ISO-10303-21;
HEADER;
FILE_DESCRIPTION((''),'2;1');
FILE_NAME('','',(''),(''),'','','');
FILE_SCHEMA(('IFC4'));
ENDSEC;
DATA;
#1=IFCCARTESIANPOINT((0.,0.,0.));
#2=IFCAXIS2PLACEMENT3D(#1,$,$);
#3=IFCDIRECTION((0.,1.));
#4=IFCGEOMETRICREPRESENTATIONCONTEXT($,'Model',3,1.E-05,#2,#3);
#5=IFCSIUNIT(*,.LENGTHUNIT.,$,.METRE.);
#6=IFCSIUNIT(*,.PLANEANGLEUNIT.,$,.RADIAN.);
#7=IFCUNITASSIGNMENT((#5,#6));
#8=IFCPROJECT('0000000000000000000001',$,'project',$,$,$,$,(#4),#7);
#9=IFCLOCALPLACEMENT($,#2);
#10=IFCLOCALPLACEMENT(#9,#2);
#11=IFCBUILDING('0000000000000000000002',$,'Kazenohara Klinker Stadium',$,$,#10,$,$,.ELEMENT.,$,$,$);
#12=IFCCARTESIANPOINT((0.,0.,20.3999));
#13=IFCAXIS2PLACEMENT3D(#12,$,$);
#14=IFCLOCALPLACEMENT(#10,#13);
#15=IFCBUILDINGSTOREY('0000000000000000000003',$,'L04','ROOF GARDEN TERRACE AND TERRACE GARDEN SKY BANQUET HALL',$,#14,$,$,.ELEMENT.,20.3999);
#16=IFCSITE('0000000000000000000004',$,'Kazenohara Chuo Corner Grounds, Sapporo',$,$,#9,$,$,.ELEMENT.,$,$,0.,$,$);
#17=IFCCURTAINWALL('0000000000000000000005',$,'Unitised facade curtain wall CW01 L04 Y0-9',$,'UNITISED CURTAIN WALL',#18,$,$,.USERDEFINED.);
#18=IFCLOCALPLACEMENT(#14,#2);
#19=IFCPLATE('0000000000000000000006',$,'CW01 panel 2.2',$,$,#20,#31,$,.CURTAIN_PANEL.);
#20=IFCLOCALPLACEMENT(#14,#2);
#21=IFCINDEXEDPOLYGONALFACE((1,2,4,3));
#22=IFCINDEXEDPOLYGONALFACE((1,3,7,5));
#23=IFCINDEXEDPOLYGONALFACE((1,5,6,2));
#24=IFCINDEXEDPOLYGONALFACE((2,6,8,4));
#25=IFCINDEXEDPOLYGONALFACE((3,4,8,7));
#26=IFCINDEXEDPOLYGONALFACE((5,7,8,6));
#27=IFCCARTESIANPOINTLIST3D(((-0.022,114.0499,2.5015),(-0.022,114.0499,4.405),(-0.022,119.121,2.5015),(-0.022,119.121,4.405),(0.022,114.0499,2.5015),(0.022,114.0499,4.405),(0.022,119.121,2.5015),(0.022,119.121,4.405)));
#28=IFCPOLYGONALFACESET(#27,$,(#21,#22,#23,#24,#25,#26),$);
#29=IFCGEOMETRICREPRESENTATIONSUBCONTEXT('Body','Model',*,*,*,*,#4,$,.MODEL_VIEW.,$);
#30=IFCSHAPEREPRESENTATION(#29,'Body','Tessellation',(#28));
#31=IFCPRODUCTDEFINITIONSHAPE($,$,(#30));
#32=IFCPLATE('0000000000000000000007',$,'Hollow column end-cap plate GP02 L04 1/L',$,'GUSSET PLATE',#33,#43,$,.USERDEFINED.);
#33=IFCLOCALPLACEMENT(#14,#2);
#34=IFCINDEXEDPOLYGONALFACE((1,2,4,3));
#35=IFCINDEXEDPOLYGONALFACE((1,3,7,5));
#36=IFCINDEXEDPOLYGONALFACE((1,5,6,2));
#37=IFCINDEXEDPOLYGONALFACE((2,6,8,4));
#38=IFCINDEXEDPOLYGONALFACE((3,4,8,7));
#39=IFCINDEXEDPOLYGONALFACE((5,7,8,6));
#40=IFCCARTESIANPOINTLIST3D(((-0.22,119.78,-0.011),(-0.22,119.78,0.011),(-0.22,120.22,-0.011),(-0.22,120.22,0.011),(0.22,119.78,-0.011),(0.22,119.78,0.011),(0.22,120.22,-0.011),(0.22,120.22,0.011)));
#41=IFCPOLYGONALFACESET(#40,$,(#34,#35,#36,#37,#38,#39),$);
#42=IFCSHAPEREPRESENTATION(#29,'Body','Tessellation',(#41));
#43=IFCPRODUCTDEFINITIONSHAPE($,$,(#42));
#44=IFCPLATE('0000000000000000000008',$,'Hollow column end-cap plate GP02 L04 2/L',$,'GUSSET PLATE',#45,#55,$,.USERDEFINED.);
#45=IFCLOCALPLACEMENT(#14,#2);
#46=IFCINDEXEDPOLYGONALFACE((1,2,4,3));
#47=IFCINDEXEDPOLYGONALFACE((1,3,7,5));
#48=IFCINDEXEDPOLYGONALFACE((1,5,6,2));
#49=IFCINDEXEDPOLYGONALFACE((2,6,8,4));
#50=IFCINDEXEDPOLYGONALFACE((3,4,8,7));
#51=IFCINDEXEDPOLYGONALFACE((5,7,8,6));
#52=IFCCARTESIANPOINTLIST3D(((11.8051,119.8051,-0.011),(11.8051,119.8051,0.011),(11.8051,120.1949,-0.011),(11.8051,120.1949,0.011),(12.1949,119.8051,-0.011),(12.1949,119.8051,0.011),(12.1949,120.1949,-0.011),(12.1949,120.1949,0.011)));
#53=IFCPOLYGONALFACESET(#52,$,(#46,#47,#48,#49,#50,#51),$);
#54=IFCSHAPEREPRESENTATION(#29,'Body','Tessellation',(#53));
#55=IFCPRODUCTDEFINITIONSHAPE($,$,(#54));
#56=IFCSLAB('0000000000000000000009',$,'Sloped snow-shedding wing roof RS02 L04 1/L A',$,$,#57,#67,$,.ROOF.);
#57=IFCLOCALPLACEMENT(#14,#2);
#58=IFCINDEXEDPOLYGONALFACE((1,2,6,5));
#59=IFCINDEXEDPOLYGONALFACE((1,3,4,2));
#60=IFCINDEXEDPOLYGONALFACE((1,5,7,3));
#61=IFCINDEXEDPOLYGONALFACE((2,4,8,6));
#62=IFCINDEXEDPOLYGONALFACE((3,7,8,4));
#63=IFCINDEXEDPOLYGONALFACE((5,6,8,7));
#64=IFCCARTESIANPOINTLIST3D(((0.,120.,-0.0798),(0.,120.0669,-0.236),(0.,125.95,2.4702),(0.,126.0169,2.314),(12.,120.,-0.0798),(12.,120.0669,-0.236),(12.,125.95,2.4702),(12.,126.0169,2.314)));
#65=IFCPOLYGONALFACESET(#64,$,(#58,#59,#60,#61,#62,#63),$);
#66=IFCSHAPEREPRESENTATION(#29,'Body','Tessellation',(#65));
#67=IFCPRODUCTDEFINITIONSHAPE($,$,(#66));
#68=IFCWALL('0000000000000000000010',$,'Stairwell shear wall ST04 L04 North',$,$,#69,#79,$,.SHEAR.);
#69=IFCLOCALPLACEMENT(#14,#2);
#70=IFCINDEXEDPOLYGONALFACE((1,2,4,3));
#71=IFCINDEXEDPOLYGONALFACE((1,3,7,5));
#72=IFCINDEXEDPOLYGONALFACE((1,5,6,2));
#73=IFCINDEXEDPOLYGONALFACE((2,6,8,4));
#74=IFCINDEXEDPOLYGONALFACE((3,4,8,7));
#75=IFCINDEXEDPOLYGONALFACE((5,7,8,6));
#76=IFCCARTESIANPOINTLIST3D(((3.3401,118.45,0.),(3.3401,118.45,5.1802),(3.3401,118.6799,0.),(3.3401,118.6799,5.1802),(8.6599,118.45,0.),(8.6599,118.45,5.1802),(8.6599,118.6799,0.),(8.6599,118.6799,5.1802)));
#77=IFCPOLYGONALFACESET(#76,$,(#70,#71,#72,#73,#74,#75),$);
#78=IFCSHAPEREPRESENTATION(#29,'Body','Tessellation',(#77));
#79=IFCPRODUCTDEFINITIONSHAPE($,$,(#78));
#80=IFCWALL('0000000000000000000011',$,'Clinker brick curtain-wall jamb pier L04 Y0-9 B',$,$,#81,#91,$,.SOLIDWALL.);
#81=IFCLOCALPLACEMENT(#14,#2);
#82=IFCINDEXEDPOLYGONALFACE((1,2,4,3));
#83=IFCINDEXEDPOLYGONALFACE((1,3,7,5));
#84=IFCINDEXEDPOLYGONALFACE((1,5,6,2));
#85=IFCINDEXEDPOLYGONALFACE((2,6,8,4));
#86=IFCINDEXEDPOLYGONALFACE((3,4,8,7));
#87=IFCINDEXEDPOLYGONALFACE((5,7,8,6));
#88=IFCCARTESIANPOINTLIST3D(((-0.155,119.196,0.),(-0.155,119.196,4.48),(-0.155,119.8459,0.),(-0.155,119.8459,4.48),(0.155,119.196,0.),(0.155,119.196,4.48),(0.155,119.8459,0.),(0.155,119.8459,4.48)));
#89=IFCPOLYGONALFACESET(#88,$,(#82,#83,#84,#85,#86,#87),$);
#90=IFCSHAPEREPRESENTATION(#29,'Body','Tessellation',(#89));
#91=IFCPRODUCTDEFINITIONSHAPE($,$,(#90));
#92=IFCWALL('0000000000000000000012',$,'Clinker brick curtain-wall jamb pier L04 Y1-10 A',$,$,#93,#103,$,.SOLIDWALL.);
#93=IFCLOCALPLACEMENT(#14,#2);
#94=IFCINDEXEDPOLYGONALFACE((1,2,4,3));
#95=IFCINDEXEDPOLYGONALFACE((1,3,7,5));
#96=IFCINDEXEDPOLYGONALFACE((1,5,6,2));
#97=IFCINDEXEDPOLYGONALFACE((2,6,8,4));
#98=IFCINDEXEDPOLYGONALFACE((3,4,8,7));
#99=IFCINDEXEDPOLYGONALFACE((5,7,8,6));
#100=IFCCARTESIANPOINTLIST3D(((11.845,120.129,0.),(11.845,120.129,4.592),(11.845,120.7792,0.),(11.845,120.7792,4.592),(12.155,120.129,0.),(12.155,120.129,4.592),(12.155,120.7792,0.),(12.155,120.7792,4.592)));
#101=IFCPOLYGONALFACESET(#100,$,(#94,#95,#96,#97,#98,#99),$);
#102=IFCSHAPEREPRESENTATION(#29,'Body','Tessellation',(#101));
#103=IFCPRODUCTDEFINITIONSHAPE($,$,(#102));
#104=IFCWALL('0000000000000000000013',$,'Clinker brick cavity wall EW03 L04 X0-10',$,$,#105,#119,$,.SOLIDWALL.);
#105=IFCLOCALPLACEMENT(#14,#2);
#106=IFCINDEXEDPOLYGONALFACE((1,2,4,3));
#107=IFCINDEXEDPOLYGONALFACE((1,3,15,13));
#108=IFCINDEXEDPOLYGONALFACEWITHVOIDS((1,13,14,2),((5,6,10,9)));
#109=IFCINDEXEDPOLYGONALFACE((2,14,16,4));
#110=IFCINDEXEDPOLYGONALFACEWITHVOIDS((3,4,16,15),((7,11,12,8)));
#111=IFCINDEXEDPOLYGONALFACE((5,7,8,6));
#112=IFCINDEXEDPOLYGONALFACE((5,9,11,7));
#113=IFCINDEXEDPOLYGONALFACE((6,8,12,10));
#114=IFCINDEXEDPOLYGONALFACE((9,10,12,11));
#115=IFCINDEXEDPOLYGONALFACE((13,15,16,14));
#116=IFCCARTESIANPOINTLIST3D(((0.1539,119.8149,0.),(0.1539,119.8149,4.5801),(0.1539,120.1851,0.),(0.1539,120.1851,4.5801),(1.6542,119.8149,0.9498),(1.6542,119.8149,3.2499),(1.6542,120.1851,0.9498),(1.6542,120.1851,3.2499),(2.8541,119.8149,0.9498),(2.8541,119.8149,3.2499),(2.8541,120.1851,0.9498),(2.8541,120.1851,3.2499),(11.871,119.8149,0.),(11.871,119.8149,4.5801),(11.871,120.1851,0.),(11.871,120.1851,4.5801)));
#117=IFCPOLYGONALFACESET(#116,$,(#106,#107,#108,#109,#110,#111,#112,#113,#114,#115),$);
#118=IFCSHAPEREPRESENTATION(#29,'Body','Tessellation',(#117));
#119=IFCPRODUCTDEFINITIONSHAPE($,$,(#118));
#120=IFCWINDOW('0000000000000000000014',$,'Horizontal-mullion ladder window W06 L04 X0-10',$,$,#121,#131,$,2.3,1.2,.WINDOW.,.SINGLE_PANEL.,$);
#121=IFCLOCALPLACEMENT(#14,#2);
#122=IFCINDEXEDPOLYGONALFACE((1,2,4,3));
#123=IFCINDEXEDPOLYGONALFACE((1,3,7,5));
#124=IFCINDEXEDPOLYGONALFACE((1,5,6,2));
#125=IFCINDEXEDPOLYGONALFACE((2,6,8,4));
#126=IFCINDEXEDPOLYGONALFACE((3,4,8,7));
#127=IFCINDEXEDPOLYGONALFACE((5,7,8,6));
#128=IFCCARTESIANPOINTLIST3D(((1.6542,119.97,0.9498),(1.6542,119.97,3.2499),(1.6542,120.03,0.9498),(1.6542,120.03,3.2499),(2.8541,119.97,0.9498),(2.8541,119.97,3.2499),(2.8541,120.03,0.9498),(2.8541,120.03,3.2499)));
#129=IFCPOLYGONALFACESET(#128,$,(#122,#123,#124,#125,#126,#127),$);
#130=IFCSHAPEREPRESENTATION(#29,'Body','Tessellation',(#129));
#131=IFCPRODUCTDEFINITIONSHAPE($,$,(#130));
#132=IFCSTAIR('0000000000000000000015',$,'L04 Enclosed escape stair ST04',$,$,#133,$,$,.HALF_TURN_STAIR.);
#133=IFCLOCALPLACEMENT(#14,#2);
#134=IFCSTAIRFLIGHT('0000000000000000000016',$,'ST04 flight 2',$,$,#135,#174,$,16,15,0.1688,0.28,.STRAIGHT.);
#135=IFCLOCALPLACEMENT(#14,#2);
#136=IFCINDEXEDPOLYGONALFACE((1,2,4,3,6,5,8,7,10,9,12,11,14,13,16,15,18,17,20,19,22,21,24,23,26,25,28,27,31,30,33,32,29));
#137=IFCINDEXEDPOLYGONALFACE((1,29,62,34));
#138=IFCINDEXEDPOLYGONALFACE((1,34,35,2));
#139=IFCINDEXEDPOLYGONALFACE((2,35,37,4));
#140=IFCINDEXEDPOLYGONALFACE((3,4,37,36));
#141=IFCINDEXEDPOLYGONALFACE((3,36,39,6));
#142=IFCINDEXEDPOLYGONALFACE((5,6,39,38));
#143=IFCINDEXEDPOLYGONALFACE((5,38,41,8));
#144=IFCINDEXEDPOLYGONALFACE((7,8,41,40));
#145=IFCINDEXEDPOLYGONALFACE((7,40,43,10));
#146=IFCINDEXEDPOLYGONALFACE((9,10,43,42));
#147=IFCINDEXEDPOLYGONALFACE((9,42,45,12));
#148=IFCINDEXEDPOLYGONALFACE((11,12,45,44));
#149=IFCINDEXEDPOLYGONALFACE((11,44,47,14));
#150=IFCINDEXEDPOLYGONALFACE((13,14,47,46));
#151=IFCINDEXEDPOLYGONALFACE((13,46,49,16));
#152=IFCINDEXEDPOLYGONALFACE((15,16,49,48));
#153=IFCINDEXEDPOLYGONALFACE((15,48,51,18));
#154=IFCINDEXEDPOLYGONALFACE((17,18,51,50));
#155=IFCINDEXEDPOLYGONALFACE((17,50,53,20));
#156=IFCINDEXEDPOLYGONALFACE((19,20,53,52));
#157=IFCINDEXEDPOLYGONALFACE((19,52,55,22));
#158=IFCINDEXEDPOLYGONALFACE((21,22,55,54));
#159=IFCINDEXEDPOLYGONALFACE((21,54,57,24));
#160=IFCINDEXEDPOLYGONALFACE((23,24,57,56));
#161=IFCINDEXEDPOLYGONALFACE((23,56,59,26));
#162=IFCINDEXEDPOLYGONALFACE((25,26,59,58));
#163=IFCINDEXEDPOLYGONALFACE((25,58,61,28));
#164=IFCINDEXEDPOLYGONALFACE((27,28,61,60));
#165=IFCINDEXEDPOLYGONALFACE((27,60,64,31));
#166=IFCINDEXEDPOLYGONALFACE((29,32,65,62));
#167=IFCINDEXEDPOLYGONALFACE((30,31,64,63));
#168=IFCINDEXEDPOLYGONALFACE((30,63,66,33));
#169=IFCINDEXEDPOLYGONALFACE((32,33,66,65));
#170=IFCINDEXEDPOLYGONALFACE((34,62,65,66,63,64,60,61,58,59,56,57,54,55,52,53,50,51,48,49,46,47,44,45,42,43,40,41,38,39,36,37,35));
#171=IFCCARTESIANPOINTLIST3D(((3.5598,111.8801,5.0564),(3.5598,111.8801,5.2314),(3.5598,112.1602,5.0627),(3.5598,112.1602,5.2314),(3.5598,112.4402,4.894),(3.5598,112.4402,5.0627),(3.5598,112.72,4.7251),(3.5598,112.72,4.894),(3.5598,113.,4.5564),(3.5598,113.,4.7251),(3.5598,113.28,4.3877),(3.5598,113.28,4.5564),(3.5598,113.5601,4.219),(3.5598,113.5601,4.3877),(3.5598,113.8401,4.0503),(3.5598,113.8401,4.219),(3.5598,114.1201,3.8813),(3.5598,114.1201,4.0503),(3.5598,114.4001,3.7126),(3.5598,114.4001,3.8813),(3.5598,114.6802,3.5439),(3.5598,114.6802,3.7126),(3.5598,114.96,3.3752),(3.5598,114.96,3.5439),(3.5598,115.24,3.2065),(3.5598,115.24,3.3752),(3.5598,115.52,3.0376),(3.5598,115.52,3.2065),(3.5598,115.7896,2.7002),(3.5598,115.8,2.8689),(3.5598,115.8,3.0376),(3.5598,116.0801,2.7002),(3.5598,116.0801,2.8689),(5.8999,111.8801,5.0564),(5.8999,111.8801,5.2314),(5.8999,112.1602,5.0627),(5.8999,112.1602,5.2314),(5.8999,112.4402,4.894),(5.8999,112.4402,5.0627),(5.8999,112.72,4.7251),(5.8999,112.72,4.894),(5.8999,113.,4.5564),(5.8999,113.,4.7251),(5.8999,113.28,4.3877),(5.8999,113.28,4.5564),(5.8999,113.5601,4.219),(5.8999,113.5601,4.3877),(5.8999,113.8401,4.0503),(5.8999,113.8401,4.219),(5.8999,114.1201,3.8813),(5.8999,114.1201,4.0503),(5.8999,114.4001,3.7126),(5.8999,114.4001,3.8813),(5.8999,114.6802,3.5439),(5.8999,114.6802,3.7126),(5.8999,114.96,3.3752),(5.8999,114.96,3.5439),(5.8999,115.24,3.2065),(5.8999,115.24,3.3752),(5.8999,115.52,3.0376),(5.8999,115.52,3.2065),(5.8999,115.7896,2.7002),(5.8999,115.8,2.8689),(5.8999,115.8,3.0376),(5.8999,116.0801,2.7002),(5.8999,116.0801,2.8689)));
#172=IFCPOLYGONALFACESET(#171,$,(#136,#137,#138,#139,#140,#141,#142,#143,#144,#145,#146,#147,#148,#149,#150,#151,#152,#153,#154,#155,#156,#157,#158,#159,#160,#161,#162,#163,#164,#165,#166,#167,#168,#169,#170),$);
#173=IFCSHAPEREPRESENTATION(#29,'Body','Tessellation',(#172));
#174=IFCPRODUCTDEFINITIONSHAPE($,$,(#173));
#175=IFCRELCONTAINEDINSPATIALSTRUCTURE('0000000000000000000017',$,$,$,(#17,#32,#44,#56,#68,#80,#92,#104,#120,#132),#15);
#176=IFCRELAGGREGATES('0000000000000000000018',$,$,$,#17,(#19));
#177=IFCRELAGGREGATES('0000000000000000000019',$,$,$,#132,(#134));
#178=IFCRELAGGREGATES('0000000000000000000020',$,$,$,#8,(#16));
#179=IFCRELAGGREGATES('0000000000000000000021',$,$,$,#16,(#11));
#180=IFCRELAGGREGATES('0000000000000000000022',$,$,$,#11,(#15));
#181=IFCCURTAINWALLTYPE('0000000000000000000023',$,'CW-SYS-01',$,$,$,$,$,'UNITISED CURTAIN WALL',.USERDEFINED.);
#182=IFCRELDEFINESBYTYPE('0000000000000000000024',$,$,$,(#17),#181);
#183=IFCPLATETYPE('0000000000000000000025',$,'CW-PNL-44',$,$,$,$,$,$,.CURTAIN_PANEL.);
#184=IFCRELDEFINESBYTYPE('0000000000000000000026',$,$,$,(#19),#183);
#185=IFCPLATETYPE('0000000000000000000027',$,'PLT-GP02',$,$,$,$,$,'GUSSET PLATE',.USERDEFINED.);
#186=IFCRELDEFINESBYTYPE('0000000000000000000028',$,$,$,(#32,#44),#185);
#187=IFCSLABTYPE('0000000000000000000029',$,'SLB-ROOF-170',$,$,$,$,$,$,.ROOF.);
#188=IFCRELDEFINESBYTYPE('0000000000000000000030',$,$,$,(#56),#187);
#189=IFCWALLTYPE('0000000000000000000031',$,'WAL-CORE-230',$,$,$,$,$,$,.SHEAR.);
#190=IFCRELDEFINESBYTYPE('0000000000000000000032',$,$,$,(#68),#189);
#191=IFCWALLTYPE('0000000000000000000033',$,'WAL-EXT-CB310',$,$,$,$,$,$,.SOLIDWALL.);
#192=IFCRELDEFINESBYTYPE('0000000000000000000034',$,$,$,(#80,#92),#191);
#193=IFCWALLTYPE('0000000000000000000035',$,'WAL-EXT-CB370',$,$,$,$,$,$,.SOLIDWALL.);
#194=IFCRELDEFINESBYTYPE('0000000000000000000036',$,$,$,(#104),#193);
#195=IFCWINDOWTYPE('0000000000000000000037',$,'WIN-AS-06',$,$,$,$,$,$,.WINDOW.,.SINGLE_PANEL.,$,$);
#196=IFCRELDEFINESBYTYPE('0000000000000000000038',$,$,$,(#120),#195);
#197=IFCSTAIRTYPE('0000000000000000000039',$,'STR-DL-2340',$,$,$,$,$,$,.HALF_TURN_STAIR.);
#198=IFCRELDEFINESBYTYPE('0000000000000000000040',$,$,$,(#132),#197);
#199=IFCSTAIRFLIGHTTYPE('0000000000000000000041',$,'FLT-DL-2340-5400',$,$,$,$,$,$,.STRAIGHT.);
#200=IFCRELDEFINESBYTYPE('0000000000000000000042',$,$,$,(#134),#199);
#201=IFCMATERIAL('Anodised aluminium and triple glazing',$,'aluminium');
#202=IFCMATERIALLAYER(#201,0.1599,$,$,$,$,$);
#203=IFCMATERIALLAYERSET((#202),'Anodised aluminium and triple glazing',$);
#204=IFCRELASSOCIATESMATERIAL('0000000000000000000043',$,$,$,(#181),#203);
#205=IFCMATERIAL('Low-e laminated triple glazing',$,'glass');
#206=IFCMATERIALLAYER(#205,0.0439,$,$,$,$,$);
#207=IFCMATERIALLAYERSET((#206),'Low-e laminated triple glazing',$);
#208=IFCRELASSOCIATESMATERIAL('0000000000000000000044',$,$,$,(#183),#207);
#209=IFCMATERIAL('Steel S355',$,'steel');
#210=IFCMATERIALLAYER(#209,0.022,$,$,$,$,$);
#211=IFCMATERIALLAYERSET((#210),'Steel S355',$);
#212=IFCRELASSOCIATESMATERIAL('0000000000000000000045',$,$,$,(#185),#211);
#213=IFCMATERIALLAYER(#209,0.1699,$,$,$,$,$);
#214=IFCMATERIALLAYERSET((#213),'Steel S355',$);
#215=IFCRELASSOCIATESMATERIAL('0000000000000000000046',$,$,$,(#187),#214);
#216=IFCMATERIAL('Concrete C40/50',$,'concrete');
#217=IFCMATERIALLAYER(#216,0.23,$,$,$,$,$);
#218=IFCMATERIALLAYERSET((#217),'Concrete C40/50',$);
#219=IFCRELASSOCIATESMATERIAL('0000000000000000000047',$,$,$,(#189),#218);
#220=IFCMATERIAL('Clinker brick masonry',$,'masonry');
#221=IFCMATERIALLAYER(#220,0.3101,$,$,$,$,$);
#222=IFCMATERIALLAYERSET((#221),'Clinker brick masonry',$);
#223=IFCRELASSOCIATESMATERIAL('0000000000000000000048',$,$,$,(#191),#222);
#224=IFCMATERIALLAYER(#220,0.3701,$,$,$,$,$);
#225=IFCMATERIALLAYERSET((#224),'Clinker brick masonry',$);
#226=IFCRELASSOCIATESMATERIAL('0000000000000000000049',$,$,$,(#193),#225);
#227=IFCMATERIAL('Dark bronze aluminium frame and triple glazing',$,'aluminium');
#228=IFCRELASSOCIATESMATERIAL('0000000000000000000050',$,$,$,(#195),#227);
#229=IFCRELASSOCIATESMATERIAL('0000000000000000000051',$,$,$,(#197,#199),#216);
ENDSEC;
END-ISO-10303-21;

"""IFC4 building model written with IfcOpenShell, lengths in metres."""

from ifc_helpers import new_model, si_unit, direction, frame, frame_2d, origin, origin_2d, place, context, subcontext, project, spatial, polyline, rectangle, outline, extrude, material, layer, layer_set, type_object, element, fill, aggregate, save


model = new_model("IFC4")

# Units and contexts
model_context = context("Model", 3, precision=1e-05, world=origin(), true_north=direction((0.0, 1.0)))
body_context = subcontext(model_context, "Body", "Model", "MODEL_VIEW")
ifc_project = project(units=[si_unit("LENGTHUNIT", "METRE"), si_unit("PLANEANGLEUNIT", "RADIAN")], contexts=[model_context])

# Site, building, storey
site_placement = place(None, origin())
site = spatial("IfcSite", under=ifc_project, at=site_placement, Name="Kazenohara Chuo Corner Grounds, Sapporo", CompositionType="ELEMENT", RefElevation=0.0)
building_placement = place(site_placement, origin())
building = spatial("IfcBuilding", under=site, at=building_placement, Name="Kazenohara Klinker Stadium", CompositionType="ELEMENT")
storey_placement = place(building_placement, frame((0.0, 0.0, 20.3999)))
storey = spatial("IfcBuildingStorey", under=building, at=storey_placement, Name="L04", Description="ROOF GARDEN TERRACE AND TERRACE GARDEN SKY BANQUET HALL", CompositionType="ELEMENT", Elevation=20.3999)

# Shared definitions
ifc_material_1 = material(Name="Steel S355", Category="steel")

# Curtain wall
ifc_material_2 = material(Name="Anodised aluminium and triple glazing", Category="aluminium")
ifc_layer_1 = layer(ifc_material_2, 0.1599)
ifc_layer_set_1 = layer_set([ifc_layer_1], Name="Anodised aluminium and triple glazing")
curtain_wall_type_1 = type_object("IfcCurtainWallType", Name="CW-SYS-01", ElementType="UNITISED CURTAIN WALL", PredefinedType="USERDEFINED", material=ifc_layer_set_1)
curtain_wall_1_placement = place(storey_placement, origin())
curtain_wall_1 = element("IfcCurtainWall", 1, at=curtain_wall_1_placement, inside=storey, type_object=curtain_wall_type_1, Name="Unitised facade curtain wall CW01 L04 Y0-9", ObjectType="UNITISED CURTAIN WALL", PredefinedType="USERDEFINED")

# Plate
ifc_material_3 = material(Name="Low-e laminated triple glazing", Category="glass")
ifc_layer_2 = layer(ifc_material_3, 0.0439)
ifc_layer_set_2 = layer_set([ifc_layer_2], Name="Low-e laminated triple glazing")
plate_type_1 = type_object("IfcPlateType", Name="CW-PNL-44", PredefinedType="CURTAIN_PANEL", material=ifc_layer_set_2)
plate_1_placement = place(storey_placement, frame((0.0, 116.5854, 2.5015), z_axis=(0.0, 0.0, 1.0), x_axis=(0.0, 1.0, 0.0)))
plate_1 = element("IfcPlate", 2, at=plate_1_placement, type_object=plate_type_1, Name="CW01 panel 2.2", PredefinedType="CURTAIN_PANEL", context=body_context, shape_type="SweptSolid", body=[
    extrude(rectangle(XDim=5.071, YDim=0.0439, at=origin_2d()), origin(), (0.0, 0.0, 1.0), 1.9036),
])
aggregate(curtain_wall_1, [plate_1])

# Plates
ifc_layer_3 = layer(ifc_material_1, 0.022)
ifc_layer_set_3 = layer_set([ifc_layer_3], Name="Steel S355")
plate_type_2 = type_object("IfcPlateType", Name="PLT-GP02", ElementType="GUSSET PLATE", PredefinedType="USERDEFINED", material=ifc_layer_set_3)
plate_2_placement = place(storey_placement, frame((0.0, 120.0, -0.011), z_axis=(0.0, 0.0, 1.0), x_axis=(1.0, 0.0, 0.0)))
element("IfcPlate", 3, at=plate_2_placement, inside=storey, type_object=plate_type_2, Name="Hollow column end-cap plate GP02 L04 1/L", ObjectType="GUSSET PLATE", PredefinedType="USERDEFINED", context=body_context, shape_type="SweptSolid", body=[
    extrude(rectangle(XDim=0.4399, YDim=0.4399, at=origin_2d()), origin(), (0.0, 0.0, 1.0), 0.022),
])
plate_3_placement = place(storey_placement, frame((12.0, 120.0, -0.011), z_axis=(0.0, 0.0, 1.0), x_axis=(1.0, 0.0, 0.0)))
element("IfcPlate", 4, at=plate_3_placement, inside=storey, type_object=plate_type_2, Name="Hollow column end-cap plate GP02 L04 2/L", ObjectType="GUSSET PLATE", PredefinedType="USERDEFINED", context=body_context, shape_type="SweptSolid", body=[
    extrude(rectangle(XDim=0.3899, YDim=0.3899, at=origin_2d()), origin(), (0.0, 0.0, 1.0), 0.022),
])

# Slab
ifc_layer_4 = layer(ifc_material_1, 0.1699)
ifc_layer_set_4 = layer_set([ifc_layer_4], Name="Steel S355")
slab_type = type_object("IfcSlabType", Name="SLB-ROOF-170", PredefinedType="ROOF", material=ifc_layer_set_4)
slab_placement = place(storey_placement, frame((0.0, 120.0, -0.0798), z_axis=(0.0, -0.393928, 0.919141), x_axis=(1.0, 0.0, 0.0)))
element("IfcSlab", 5, at=slab_placement, inside=storey, type_object=slab_type, Name="Sloped snow-shedding wing roof RS02 L04 1/L A", PredefinedType="ROOF", context=body_context, shape_type="SweptSolid", body=[
    extrude(outline(polyline([(0.0, 0.0), (12.0, 0.0), (12.0, 6.4734), (0.0, 6.4734), (0.0, 0.0)])), origin(), (0.0, 0.0, -1.0), 0.1699),
])

# Walls
ifc_material_4 = material(Name="Concrete C40/50", Category="concrete")
ifc_layer_5 = layer(ifc_material_4, 0.23)
ifc_layer_set_5 = layer_set([ifc_layer_5], Name="Concrete C40/50")
wall_type_1 = type_object("IfcWallType", Name="WAL-CORE-230", PredefinedType="SHEAR", material=ifc_layer_set_5)
wall_1_placement = place(storey_placement, frame((3.3401, 118.5649, 0.0), z_axis=(0.0, 0.0, 1.0), x_axis=(1.0, 0.0, 0.0)))
element("IfcWall", 6, at=wall_1_placement, inside=storey, type_object=wall_type_1, Name="Stairwell shear wall ST04 L04 North", PredefinedType="SHEAR", context=body_context, shape_type="SweptSolid", body=[
    extrude(rectangle(XDim=5.3198, YDim=0.23, at=frame_2d((2.6599, 0.0))), origin(), (0.0, 0.0, 1.0), 5.1802),
])
ifc_material_5 = material(Name="Clinker brick masonry", Category="masonry")
ifc_layer_6 = layer(ifc_material_5, 0.3101)
ifc_layer_set_6 = layer_set([ifc_layer_6], Name="Clinker brick masonry")
wall_type_2 = type_object("IfcWallType", Name="WAL-EXT-CB310", PredefinedType="SOLIDWALL", material=ifc_layer_set_6)
wall_2_placement = place(storey_placement, frame((0.0, 119.196, 0.0), z_axis=(0.0, 0.0, 1.0), x_axis=(0.0, 1.0, 0.0)))
element("IfcWall", 7, at=wall_2_placement, inside=storey, type_object=wall_type_2, Name="Clinker brick curtain-wall jamb pier L04 Y0-9 B", PredefinedType="SOLIDWALL", context=body_context, shape_type="SweptSolid", body=[
    extrude(rectangle(XDim=0.6499, YDim=0.3101, at=frame_2d((0.325, 0.0))), origin(), (0.0, 0.0, 1.0), 4.48),
])
wall_3_placement = place(storey_placement, frame((12.0, 120.1289, 0.0), z_axis=(0.0, 0.0, 1.0), x_axis=(0.0, 1.0, 0.0)))
element("IfcWall", 8, at=wall_3_placement, inside=storey, type_object=wall_type_2, Name="Clinker brick curtain-wall jamb pier L04 Y1-10 A", PredefinedType="SOLIDWALL", context=body_context, shape_type="SweptSolid", body=[
    extrude(rectangle(XDim=0.6501, YDim=0.3101, at=frame_2d((0.3252, 0.0))), origin(), (0.0, 0.0, 1.0), 4.592),
])

# Wall, opening, window
ifc_layer_7 = layer(ifc_material_5, 0.3701)
ifc_layer_set_7 = layer_set([ifc_layer_7], Name="Clinker brick masonry")
wall_type_3 = type_object("IfcWallType", Name="WAL-EXT-CB370", PredefinedType="SOLIDWALL", material=ifc_layer_set_7)
wall_4_placement = place(storey_placement, frame((0.1541, 120.0, 0.0), z_axis=(0.0, 0.0, 1.0), x_axis=(1.0, 0.0, 0.0)))
wall_4 = element("IfcWall", 9, at=wall_4_placement, inside=storey, type_object=wall_type_3, Name="Clinker brick cavity wall EW03 L04 X0-10", PredefinedType="SOLIDWALL", context=body_context, shape_type="SweptSolid", body=[
    extrude(rectangle(XDim=11.717, YDim=0.3701, at=frame_2d((5.8584, 0.0))), origin(), (0.0, 0.0, 1.0), 4.5801),
])
opening_placement = place(wall_4_placement, frame((1.5, 0.0, 0.95)))
opening = element("IfcOpeningElement", 10, at=opening_placement, cuts=wall_4, PredefinedType="OPENING", context=body_context, shape_type="SweptSolid", body=[
    extrude(rectangle(XDim=1.2, YDim=2.3, at=frame_2d((0.6001, 1.1499))), frame((0.0, 0.1951, 0.0), z_axis=(0.0, -1.0, 0.0), x_axis=(1.0, 0.0, 0.0)), (0.0, 0.0, 1.0), 0.3901),
])
ifc_material_6 = material(Name="Dark bronze aluminium frame and triple glazing", Category="aluminium")
window_type = type_object("IfcWindowType", Name="WIN-AS-06", PartitioningType="SINGLE_PANEL", PredefinedType="WINDOW", material=ifc_material_6)
window_placement = place(opening_placement, origin())
window = element("IfcWindow", 11, at=window_placement, inside=storey, type_object=window_type, Name="Horizontal-mullion ladder window W06 L04 X0-10", OverallHeight=2.3, OverallWidth=1.2, PartitioningType="SINGLE_PANEL", PredefinedType="WINDOW", context=body_context, shape_type="SweptSolid", body=[
    extrude(rectangle(XDim=1.2, YDim=2.3, at=frame_2d((0.6001, 1.1499))), frame((0.0, 0.03, 0.0), z_axis=(0.0, -1.0, 0.0), x_axis=(1.0, 0.0, 0.0)), (0.0, 0.0, 1.0), 0.0601),
])
fill(opening, window)

# Stair, stair flight
stair_type = type_object("IfcStairType", Name="STR-DL-2340", PredefinedType="HALF_TURN_STAIR", material=ifc_material_4)
stair_placement = place(storey_placement, origin())
stair = element("IfcStair", 12, at=stair_placement, inside=storey, type_object=stair_type, Name="L04 Enclosed escape stair ST04", PredefinedType="HALF_TURN_STAIR")
stair_flight_type = type_object("IfcStairFlightType", Name="FLT-DL-2340-5400", PredefinedType="STRAIGHT", material=ifc_material_4)
stair_flight_placement = place(storey_placement, frame((4.73, 116.0801, 2.7002), z_axis=(0.0, 0.0, 1.0), x_axis=(0.0, -1.0, 0.0)))
stair_flight = element("IfcStairFlight", 13, at=stair_flight_placement, type_object=stair_flight_type, Name="ST04 flight 2", NumberOfRisers=16, NumberOfTreads=15, PredefinedType="STRAIGHT", RiserHeight=0.1688, TreadLength=0.28, context=body_context, shape_type="SweptSolid", body=[
    extrude(outline(polyline([(0.0, 0.0), (0.0, 0.1687), (0.28, 0.1687), (0.28, 0.3374), (0.5601, 0.3374), (0.5601, 0.5063), (0.8401, 0.5063), (0.8401, 0.675), (1.1201, 0.675), (1.1201, 0.8438), (1.3999, 0.8438), (1.3999, 1.0125), (1.6799, 1.0125), (1.6799, 1.1812), (1.96, 1.1812), (1.96, 1.3501), (2.24, 1.3501), (2.24, 1.5188), (2.52, 1.5188), (2.52, 1.6875), (2.8, 1.6875), (2.8, 1.8562), (3.0801, 1.8562), (3.0801, 2.0249), (3.3601, 2.0249), (3.3601, 2.1938), (3.6399, 2.1938), (3.6399, 2.3625), (3.9199, 2.3625), (3.9199, 2.5312), (4.2, 2.5312), (4.2, 2.7), (4.2, 2.3562), (0.2905, 0.0), (0.0, 0.0)])), frame((0.0, 1.1699, 0.0), z_axis=(0.0, -1.0, 0.0), x_axis=(1.0, 0.0, 0.0)), (0.0, 0.0, 1.0), 2.3401),
])
aggregate(stair, [stair_flight])

save(model, "model.ifc")
